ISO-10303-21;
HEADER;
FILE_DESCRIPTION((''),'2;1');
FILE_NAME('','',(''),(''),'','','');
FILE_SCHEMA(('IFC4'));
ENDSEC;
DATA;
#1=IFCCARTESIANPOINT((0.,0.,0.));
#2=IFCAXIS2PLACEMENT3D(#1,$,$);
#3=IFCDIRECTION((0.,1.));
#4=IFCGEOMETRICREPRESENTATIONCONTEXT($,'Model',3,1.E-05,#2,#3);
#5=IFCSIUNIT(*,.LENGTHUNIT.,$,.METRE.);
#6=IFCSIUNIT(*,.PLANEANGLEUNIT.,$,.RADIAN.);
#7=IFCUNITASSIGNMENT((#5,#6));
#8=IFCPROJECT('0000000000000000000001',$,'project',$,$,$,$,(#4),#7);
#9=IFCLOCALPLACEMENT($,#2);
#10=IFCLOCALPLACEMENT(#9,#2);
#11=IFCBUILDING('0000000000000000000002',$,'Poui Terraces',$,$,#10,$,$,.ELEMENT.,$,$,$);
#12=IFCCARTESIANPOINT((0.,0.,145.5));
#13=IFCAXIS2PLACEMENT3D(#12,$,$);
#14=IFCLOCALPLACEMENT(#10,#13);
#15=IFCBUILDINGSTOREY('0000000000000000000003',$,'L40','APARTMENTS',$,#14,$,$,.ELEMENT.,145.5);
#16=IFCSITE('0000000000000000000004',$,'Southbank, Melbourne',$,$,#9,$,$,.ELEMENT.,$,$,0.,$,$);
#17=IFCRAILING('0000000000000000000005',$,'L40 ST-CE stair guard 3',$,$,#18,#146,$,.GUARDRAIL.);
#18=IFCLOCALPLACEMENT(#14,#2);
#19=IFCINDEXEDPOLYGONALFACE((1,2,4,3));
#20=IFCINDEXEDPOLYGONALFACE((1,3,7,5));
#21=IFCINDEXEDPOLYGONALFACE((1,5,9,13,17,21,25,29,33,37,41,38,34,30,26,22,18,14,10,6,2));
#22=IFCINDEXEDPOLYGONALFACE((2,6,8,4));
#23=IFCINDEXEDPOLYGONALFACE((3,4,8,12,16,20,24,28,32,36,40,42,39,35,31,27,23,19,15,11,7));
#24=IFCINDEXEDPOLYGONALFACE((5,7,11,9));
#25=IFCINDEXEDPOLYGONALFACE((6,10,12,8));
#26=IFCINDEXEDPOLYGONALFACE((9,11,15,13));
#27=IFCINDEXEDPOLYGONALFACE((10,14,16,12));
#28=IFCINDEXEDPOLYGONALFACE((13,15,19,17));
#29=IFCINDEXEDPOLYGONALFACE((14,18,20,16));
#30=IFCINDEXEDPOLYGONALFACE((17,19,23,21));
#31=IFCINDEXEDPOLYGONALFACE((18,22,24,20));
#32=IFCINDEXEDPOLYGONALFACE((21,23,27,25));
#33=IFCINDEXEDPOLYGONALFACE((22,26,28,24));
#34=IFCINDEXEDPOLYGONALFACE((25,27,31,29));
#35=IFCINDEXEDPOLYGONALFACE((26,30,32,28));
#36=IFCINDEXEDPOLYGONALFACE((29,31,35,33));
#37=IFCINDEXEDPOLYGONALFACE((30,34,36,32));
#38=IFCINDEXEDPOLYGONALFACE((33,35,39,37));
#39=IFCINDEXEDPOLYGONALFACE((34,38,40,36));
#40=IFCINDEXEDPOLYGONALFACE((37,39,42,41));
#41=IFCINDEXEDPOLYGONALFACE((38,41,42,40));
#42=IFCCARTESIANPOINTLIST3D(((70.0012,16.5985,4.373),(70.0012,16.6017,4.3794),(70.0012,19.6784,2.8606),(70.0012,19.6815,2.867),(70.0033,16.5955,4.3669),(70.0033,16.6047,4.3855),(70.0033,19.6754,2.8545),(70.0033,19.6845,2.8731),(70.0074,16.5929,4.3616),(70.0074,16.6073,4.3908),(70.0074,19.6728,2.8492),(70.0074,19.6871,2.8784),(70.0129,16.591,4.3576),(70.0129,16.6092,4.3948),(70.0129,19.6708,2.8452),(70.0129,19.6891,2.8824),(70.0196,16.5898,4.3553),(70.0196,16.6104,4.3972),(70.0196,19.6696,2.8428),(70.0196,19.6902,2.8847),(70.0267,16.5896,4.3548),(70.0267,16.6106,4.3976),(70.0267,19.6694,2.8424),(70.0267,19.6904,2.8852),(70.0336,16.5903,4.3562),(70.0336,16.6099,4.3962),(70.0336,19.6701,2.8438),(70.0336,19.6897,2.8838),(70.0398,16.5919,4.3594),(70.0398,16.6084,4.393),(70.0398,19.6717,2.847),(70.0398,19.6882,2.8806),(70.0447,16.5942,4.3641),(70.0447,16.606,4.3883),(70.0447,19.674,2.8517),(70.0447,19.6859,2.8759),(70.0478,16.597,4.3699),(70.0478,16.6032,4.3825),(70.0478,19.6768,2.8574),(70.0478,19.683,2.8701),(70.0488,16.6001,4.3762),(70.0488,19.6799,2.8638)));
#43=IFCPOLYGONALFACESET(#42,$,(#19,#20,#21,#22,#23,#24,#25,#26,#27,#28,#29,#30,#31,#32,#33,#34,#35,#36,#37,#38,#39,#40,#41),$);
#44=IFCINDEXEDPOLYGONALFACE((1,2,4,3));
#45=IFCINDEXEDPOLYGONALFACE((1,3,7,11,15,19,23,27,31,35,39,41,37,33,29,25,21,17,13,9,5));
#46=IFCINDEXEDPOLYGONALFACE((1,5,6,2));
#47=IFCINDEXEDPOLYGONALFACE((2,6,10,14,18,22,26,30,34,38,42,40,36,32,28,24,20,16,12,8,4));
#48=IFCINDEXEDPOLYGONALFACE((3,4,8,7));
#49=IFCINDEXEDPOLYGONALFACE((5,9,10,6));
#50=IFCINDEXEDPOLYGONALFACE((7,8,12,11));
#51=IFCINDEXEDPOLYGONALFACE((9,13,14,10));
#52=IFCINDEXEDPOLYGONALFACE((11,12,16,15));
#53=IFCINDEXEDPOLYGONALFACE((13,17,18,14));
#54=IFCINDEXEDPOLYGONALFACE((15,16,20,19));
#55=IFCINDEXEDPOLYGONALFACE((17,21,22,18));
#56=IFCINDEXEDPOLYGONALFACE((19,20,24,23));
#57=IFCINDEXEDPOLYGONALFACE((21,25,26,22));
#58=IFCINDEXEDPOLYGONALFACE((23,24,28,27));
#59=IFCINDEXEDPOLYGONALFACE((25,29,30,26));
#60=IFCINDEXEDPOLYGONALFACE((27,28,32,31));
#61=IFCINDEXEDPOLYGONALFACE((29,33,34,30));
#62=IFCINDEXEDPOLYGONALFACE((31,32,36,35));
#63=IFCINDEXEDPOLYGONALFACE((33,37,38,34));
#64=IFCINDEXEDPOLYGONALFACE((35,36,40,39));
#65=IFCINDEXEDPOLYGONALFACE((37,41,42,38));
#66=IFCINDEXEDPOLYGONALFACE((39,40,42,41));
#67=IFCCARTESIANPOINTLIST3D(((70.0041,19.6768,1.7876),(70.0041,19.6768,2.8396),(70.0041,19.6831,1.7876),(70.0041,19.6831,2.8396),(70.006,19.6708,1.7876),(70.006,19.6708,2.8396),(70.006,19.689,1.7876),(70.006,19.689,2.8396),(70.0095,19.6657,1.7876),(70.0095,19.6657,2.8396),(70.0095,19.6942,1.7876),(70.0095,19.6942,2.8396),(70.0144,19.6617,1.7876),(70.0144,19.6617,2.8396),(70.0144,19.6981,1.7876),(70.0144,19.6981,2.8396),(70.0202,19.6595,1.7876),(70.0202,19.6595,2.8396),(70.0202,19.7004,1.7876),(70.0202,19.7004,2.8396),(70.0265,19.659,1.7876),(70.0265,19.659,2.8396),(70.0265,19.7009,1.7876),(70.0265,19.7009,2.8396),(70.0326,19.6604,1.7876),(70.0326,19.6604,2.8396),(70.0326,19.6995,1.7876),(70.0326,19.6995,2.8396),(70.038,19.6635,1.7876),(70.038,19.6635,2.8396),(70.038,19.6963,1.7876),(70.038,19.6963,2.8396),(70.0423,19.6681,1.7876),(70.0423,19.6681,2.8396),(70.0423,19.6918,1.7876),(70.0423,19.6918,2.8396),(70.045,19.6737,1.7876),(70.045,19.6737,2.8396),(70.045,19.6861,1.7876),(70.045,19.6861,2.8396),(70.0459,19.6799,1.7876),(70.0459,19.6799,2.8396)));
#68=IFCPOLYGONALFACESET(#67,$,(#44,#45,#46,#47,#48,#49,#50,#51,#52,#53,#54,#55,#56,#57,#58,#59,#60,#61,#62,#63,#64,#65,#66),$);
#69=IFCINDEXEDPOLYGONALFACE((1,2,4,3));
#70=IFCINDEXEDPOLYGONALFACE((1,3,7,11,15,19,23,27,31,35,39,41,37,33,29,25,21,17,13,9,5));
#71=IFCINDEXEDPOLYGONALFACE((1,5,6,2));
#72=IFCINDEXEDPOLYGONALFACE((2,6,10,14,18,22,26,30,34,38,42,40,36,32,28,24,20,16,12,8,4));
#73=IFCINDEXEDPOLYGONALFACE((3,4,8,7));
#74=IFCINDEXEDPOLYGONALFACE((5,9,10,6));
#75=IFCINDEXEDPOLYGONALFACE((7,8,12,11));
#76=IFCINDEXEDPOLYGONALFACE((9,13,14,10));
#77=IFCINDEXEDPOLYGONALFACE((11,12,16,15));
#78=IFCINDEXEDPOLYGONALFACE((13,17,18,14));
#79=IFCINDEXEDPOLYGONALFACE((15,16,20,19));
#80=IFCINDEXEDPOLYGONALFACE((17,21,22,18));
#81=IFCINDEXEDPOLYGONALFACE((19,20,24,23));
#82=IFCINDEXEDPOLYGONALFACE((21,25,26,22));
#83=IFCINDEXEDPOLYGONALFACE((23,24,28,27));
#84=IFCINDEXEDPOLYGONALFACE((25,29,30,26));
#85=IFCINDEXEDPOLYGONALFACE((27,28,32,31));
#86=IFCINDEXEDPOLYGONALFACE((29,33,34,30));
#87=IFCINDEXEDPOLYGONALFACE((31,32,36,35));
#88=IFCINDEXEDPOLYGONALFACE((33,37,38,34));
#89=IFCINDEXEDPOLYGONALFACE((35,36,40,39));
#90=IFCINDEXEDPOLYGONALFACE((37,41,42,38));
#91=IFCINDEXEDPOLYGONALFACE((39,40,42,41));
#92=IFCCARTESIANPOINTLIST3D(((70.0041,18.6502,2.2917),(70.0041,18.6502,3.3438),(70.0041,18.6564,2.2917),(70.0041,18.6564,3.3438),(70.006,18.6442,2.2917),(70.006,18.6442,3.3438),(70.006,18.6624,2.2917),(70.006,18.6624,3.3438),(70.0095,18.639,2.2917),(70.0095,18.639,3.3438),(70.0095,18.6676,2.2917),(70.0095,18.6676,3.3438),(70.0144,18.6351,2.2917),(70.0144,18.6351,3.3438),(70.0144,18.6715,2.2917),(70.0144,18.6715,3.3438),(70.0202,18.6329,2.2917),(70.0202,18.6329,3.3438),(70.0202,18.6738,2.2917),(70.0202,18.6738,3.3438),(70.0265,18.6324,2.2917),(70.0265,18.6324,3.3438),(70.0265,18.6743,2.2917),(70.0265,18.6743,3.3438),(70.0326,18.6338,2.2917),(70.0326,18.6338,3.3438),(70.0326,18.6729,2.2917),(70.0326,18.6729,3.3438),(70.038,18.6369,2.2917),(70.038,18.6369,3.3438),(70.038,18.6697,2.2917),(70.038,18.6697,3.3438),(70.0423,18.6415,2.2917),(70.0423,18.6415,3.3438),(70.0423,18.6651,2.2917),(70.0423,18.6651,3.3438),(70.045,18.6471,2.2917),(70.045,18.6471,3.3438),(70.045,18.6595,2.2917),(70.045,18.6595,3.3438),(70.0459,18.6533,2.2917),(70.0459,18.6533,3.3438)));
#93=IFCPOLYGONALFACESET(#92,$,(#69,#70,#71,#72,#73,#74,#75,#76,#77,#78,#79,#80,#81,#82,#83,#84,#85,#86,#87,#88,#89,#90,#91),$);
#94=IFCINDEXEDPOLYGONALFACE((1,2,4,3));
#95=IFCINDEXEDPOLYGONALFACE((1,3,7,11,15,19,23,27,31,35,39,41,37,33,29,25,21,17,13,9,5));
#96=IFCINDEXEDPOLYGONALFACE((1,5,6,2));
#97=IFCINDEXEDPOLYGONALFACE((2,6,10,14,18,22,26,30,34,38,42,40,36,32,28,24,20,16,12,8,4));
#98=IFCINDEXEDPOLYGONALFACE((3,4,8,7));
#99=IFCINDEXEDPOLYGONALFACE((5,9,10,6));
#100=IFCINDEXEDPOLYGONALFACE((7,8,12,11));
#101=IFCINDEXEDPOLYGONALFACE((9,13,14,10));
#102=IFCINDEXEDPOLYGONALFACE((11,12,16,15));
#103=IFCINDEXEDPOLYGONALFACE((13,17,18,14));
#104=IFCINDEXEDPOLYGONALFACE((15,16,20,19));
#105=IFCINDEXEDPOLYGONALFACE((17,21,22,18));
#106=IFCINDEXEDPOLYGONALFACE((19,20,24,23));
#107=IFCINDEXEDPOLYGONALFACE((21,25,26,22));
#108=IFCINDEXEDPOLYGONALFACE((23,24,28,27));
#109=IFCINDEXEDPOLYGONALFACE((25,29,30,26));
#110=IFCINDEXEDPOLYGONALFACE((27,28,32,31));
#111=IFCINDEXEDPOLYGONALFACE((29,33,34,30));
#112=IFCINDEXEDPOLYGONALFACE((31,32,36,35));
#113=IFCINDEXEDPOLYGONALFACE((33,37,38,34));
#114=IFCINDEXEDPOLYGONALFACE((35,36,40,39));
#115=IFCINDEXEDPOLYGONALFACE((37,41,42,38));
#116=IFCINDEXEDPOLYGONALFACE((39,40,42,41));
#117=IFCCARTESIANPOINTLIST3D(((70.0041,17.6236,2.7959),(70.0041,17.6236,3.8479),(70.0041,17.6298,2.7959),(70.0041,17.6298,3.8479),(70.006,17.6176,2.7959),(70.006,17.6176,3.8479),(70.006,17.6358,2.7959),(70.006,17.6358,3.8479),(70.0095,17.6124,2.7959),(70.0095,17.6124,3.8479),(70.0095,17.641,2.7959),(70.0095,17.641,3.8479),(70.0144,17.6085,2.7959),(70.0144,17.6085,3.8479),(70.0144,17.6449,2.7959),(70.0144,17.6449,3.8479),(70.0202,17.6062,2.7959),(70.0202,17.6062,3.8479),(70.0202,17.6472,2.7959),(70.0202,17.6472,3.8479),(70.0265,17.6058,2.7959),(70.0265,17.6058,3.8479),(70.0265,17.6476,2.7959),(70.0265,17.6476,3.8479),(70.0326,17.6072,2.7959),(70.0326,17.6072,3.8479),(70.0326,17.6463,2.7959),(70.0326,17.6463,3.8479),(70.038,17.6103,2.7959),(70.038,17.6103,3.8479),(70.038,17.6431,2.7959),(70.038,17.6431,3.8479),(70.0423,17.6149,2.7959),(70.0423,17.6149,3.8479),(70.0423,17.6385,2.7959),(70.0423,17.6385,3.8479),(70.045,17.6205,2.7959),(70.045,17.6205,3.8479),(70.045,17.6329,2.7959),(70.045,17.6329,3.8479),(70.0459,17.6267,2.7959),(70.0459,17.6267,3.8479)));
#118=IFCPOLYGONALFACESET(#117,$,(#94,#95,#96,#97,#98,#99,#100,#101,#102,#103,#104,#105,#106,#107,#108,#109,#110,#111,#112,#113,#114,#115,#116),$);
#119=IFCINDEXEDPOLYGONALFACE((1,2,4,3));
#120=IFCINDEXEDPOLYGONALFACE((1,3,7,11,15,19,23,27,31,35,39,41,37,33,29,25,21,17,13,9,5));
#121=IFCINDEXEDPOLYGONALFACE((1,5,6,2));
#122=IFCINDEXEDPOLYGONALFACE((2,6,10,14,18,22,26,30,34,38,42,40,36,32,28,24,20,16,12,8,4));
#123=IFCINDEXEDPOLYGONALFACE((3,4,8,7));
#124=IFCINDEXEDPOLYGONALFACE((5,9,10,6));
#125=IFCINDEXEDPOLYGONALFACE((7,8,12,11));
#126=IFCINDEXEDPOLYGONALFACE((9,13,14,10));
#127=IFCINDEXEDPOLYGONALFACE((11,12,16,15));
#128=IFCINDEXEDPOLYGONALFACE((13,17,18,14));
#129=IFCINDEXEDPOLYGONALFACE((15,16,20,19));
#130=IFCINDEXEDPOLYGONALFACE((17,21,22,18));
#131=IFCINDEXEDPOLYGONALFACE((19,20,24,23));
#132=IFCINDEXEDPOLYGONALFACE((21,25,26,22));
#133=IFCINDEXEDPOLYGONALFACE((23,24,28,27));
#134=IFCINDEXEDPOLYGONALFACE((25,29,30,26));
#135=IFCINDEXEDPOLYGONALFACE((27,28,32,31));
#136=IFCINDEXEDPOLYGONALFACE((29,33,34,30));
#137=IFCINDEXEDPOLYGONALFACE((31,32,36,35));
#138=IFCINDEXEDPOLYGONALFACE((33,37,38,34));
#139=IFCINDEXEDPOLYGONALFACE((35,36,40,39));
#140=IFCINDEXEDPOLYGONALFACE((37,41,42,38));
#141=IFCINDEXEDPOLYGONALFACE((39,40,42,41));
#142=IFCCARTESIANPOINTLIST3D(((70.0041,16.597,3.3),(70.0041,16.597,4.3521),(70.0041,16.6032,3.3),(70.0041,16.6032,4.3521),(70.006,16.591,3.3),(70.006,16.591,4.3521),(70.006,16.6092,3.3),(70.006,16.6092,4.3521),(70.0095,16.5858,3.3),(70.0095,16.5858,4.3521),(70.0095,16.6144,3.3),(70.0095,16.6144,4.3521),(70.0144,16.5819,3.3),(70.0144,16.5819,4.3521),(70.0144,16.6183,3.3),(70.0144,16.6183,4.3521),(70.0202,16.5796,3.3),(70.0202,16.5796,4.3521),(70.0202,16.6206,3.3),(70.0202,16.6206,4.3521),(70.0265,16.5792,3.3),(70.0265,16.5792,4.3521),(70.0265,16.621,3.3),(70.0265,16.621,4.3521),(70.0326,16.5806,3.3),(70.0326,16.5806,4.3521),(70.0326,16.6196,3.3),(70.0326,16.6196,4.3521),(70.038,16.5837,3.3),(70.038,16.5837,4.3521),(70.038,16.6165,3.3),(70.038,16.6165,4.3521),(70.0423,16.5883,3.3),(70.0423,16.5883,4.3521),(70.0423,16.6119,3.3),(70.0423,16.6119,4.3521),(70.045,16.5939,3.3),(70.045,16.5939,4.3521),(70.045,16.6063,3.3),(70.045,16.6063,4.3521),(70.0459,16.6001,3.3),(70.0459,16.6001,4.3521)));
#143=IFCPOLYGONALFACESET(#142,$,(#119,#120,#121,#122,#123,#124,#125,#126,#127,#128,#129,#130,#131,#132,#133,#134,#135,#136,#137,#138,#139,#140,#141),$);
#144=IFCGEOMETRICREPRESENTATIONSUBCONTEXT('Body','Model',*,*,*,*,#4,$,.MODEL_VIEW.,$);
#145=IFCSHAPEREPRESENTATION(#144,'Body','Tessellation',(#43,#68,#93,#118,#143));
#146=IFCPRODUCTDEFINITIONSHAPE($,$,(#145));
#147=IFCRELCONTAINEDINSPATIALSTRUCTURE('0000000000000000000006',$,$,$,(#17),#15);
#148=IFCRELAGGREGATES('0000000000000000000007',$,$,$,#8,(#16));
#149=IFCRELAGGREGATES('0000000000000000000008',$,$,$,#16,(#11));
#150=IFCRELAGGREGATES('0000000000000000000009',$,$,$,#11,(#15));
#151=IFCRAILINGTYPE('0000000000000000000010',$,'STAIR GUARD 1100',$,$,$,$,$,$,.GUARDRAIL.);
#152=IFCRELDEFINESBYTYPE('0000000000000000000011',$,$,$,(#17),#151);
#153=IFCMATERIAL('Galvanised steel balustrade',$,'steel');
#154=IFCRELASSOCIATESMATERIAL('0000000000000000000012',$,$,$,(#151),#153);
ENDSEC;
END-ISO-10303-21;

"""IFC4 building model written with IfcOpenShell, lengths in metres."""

from ifc_helpers import new_model, si_unit, direction, frame, origin, origin_2d, place, context, subcontext, project, spatial, circle, extrude, material, type_object, element, save


model = new_model("IFC4")

# Units and contexts
model_context = context("Model", 3, precision=1e-05, world=origin(), true_north=direction((0.0, 1.0)))
body_context = subcontext(model_context, "Body", "Model", "MODEL_VIEW")
ifc_project = project(units=[si_unit("LENGTHUNIT", "METRE"), si_unit("PLANEANGLEUNIT", "RADIAN")], contexts=[model_context])

# Site, building, storey
site_placement = place(None, origin())
site = spatial("IfcSite", under=ifc_project, at=site_placement, Name="Southbank, Melbourne", CompositionType="ELEMENT", RefElevation=0.0)
building_placement = place(site_placement, origin())
building = spatial("IfcBuilding", under=site, at=building_placement, Name="Poui Terraces", CompositionType="ELEMENT")
storey_placement = place(building_placement, frame((0.0, 0.0, 145.5)))
storey = spatial("IfcBuildingStorey", under=building, at=storey_placement, Name="L40", Description="APARTMENTS", CompositionType="ELEMENT", Elevation=145.5)

# Railing
ifc_material_1 = material(Name="Galvanised steel balustrade", Category="steel")
railing_type_1 = type_object("IfcRailingType", Name="STAIR GUARD 1100", PredefinedType="GUARDRAIL", material=ifc_material_1)
railing_1_placement = place(storey_placement, frame((70.0249, 19.6799, 1.7876)))
element("IfcRailing", 1, at=railing_1_placement, inside=storey, type_object=railing_type_1, Name="L40 ST-CE stair guard 3", PredefinedType="GUARDRAIL", context=body_context, shape_type="SweptSolid", body=[
    extrude(circle(Radius=0.0239, at=origin_2d()), frame((0.0, 0.0, 1.0762), z_axis=(0.0, -0.897606, 0.440798), x_axis=(1.0, 0.0, 0.0)), (0.0, 0.0, 1.0), 3.4312),
    extrude(circle(Radius=0.021, at=origin_2d()), origin(), (0.0, 0.0, 1.0), 1.052),
    extrude(circle(Radius=0.021, at=origin_2d()), frame((0.0, -1.0266, 0.5042)), (0.0, 0.0, 1.0), 1.052),
    extrude(circle(Radius=0.021, at=origin_2d()), frame((0.0, -2.0532, 1.0083)), (0.0, 0.0, 1.0), 1.052),
    extrude(circle(Radius=0.021, at=origin_2d()), frame((0.0, -3.0798, 1.5125)), (0.0, 0.0, 1.0), 1.052),
])

save(model, "model.ifc")
